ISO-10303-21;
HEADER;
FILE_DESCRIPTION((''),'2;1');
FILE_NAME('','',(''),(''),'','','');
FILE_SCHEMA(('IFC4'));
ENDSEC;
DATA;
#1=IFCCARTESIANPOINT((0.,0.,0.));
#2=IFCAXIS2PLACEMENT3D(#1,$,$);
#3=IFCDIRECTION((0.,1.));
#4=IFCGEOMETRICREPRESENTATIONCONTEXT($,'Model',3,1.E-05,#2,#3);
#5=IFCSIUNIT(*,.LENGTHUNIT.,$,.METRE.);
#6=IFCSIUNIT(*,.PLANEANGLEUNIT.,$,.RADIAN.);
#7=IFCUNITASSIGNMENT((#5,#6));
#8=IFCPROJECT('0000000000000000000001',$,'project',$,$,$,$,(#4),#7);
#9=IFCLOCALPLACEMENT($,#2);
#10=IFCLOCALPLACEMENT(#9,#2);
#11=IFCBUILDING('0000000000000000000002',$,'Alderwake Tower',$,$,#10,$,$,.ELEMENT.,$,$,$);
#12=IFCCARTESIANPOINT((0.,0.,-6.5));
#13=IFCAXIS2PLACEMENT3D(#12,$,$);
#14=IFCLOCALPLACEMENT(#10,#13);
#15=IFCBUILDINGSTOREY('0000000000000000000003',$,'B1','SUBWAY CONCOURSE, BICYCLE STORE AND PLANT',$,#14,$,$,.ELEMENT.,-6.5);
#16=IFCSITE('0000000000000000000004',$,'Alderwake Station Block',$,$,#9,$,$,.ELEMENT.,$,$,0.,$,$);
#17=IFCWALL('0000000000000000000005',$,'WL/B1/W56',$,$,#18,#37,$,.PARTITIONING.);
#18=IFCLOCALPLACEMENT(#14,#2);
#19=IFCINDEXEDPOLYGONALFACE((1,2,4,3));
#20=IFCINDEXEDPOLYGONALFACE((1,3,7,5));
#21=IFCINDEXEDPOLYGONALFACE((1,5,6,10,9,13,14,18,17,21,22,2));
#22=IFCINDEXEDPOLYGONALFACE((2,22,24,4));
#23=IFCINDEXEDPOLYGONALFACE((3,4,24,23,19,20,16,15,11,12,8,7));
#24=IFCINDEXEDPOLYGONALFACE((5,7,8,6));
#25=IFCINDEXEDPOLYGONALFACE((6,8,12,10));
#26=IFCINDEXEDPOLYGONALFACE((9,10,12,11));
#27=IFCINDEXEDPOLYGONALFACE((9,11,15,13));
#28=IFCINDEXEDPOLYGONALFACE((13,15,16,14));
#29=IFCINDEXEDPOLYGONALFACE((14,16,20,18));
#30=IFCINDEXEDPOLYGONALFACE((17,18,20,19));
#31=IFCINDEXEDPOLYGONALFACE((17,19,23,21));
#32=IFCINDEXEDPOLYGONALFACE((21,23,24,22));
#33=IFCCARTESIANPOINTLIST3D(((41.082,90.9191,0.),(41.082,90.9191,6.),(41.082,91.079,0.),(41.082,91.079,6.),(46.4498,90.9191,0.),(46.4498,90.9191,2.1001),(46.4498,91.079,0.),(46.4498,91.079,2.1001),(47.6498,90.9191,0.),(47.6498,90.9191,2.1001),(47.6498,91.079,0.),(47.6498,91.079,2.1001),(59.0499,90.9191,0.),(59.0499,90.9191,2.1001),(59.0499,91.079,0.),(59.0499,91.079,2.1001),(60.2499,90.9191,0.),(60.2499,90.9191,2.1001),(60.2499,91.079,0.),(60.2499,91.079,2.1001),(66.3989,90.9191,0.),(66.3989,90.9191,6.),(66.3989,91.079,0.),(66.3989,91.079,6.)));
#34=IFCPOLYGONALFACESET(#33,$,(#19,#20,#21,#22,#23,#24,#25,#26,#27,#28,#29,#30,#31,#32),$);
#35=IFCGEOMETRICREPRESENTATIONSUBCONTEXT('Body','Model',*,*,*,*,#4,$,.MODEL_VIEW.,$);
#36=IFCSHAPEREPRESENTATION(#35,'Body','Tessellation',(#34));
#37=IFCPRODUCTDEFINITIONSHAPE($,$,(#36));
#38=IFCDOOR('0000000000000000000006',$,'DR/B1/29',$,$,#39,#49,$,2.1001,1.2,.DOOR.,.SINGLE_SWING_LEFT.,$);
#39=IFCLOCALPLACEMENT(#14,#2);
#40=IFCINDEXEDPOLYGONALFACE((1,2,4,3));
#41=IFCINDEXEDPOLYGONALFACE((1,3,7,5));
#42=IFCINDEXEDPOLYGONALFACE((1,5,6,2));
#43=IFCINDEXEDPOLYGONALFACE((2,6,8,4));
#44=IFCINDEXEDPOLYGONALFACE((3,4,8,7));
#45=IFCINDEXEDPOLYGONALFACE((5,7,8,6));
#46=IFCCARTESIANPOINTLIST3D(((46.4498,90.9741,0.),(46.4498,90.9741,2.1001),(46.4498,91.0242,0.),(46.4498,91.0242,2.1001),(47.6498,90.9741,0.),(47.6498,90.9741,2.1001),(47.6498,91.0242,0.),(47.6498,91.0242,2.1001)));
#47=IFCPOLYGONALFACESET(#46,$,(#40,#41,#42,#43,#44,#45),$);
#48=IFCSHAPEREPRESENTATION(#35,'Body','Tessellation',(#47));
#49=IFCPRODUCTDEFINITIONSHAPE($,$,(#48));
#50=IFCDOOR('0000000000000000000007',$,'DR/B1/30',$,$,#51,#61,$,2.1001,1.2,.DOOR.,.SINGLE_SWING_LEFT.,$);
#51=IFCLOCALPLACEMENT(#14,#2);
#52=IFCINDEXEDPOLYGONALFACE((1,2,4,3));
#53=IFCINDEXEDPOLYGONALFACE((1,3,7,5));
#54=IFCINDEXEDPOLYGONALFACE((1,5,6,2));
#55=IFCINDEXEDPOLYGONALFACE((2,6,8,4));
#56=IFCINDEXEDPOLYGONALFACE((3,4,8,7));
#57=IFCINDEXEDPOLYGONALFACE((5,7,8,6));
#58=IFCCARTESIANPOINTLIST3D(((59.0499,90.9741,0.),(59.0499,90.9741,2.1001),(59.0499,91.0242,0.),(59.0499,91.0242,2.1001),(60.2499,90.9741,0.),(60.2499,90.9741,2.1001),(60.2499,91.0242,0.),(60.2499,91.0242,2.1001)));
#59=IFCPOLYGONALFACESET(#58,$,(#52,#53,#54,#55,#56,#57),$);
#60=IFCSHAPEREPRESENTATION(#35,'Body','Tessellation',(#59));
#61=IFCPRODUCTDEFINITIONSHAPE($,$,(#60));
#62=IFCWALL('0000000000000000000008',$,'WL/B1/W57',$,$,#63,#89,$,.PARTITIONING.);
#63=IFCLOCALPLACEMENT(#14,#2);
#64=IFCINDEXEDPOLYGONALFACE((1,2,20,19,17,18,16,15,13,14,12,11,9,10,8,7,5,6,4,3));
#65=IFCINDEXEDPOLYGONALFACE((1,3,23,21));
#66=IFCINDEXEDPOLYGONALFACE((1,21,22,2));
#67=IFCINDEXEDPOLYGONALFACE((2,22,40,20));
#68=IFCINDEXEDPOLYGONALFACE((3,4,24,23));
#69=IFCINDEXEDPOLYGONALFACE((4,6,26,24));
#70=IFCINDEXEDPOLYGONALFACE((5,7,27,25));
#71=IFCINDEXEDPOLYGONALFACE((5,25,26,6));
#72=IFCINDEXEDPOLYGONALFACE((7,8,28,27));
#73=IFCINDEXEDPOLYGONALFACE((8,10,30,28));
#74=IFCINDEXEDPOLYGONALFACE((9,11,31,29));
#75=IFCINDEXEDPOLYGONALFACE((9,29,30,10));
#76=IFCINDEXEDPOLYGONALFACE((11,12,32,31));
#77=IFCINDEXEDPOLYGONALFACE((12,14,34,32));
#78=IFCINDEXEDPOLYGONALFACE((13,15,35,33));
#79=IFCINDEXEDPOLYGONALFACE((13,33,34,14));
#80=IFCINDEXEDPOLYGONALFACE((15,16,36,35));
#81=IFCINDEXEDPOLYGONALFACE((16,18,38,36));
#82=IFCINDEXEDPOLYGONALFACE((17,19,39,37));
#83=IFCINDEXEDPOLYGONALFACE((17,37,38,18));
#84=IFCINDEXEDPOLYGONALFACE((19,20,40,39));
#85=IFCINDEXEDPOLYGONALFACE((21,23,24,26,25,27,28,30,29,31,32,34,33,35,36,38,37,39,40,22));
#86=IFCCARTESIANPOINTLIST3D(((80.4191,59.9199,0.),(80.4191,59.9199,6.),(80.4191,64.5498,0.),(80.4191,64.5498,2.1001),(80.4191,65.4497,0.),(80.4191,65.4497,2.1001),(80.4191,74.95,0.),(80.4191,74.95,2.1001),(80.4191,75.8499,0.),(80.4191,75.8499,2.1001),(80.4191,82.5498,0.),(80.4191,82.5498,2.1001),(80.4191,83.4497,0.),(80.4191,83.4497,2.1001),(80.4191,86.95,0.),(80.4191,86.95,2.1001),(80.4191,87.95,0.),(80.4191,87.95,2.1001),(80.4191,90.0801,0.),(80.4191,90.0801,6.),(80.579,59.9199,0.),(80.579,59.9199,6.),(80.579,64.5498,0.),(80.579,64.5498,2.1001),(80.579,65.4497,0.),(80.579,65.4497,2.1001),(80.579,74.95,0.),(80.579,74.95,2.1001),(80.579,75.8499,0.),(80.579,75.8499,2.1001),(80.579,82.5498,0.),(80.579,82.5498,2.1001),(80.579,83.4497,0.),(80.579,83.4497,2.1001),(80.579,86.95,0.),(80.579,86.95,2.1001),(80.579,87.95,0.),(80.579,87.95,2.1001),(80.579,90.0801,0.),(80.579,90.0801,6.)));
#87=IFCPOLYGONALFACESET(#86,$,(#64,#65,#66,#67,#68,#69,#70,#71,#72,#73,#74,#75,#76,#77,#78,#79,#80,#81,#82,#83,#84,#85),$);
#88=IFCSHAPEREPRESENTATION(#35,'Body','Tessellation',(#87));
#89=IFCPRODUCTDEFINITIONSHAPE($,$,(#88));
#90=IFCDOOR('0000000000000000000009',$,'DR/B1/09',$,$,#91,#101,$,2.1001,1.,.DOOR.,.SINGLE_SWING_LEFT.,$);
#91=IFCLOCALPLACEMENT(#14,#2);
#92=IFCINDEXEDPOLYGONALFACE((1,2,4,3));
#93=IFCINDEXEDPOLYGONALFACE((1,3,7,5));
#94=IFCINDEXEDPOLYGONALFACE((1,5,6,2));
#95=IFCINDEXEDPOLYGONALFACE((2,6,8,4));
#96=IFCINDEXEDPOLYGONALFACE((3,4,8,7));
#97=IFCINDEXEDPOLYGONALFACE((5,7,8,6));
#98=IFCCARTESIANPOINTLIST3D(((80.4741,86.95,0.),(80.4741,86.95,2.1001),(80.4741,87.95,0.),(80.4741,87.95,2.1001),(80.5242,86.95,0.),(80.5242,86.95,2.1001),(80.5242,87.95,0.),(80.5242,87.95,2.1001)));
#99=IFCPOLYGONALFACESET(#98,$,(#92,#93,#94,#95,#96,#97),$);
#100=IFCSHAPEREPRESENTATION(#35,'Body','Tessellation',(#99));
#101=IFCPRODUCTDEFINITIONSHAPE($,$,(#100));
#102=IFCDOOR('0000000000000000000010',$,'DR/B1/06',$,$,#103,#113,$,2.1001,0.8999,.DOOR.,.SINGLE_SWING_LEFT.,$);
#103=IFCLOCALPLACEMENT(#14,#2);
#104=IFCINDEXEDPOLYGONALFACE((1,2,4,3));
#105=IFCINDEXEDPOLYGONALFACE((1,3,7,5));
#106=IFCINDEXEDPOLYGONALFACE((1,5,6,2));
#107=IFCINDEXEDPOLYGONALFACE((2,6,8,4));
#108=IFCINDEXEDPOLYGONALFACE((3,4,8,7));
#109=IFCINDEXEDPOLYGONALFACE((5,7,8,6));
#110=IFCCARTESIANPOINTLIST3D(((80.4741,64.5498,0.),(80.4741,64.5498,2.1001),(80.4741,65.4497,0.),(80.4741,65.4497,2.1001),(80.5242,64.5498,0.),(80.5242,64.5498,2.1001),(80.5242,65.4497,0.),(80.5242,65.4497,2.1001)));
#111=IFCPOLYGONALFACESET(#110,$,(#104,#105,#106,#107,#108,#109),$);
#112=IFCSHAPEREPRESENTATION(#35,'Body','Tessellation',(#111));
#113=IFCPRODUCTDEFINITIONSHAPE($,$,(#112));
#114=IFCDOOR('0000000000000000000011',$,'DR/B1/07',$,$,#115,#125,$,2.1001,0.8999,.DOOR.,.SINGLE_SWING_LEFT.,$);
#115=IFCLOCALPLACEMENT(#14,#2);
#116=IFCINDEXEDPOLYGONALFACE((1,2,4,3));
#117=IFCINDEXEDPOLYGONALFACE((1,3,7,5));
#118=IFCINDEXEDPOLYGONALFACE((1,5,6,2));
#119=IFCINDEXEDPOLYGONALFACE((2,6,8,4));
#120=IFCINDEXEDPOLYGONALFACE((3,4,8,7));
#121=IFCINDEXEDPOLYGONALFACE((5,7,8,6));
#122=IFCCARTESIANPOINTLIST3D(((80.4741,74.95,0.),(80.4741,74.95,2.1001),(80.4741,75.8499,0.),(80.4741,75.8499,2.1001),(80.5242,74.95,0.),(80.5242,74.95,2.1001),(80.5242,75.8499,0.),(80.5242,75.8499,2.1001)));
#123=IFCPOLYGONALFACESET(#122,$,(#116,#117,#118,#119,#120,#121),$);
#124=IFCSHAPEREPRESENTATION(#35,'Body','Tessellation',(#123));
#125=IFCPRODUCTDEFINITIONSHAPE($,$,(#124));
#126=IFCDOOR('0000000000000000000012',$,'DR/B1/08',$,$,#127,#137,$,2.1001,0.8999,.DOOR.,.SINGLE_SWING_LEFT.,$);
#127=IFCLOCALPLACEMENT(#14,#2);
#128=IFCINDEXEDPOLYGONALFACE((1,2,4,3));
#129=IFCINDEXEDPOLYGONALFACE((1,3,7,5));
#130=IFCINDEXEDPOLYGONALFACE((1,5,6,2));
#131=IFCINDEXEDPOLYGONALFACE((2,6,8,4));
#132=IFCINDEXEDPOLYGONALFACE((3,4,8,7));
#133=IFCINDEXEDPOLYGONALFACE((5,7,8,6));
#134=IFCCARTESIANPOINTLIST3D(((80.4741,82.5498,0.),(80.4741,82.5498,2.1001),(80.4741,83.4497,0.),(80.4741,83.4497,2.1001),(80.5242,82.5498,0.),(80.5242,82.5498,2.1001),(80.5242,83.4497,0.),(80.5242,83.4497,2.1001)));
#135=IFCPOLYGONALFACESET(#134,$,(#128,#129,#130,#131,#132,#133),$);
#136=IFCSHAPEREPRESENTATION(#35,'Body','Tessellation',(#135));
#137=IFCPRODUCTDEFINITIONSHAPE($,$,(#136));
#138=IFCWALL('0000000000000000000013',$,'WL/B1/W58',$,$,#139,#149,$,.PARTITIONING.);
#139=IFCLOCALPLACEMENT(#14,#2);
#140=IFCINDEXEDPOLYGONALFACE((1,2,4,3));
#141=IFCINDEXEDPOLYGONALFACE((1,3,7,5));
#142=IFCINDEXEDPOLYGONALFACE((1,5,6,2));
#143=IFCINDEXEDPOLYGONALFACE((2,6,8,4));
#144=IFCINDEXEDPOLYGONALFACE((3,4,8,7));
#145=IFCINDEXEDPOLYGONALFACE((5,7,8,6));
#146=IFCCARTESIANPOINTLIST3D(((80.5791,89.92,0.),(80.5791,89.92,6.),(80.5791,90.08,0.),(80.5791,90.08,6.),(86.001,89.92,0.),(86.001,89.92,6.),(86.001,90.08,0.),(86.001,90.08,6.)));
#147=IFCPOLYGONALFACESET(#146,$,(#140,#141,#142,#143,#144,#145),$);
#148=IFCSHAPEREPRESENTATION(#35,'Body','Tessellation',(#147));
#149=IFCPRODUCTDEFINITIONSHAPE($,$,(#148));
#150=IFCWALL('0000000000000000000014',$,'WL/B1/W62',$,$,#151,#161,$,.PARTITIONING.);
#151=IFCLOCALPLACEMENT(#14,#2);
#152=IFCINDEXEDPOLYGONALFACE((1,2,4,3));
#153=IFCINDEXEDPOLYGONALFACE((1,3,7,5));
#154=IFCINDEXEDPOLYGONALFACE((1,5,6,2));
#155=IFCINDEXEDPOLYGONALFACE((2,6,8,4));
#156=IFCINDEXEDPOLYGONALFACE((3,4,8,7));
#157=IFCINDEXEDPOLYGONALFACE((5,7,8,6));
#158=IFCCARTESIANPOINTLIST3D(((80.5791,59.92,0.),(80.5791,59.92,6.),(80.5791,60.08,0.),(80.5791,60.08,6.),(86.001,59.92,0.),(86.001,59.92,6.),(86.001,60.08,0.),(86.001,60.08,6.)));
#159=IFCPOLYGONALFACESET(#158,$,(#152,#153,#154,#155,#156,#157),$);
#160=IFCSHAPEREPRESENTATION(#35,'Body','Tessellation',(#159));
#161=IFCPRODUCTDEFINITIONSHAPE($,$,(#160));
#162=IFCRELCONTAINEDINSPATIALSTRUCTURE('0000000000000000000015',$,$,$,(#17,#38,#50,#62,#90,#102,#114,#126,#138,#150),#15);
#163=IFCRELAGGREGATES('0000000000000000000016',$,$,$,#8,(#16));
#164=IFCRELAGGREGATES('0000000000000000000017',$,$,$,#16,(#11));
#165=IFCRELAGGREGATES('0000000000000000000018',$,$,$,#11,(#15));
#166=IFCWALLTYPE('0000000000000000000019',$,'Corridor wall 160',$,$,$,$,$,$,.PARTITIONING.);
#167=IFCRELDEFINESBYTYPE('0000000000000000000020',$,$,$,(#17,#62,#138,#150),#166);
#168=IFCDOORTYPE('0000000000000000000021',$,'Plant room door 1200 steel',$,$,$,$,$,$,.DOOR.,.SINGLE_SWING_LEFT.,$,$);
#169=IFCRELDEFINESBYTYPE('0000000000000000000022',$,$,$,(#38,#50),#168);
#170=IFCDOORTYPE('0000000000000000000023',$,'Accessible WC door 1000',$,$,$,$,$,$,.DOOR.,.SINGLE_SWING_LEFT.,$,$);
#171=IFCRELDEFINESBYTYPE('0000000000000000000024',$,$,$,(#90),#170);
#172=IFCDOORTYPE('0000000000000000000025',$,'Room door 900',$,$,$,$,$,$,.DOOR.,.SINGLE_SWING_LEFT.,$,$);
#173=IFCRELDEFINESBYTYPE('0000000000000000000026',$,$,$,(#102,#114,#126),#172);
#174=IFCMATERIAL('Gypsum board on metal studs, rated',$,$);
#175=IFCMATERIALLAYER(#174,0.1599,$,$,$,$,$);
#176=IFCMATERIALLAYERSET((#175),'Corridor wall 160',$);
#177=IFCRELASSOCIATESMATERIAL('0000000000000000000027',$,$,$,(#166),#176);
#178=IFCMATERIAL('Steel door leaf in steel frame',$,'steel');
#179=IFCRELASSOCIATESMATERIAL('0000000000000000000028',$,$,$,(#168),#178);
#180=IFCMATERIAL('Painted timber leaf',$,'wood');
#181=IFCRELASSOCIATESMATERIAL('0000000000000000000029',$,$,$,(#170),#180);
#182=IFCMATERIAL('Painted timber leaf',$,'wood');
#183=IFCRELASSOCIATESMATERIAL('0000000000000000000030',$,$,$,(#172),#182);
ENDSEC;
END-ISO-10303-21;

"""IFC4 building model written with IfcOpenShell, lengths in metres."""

from ifc_helpers import new_model, si_unit, direction, frame, frame_2d, origin, place, context, subcontext, project, spatial, rectangle, extrude, material, layer, layer_set, type_object, element, fill, save


model = new_model("IFC4")

# Units and contexts
model_context = context("Model", 3, precision=1e-05, world=origin(), true_north=direction((0.0, 1.0)))
body_context = subcontext(model_context, "Body", "Model", "MODEL_VIEW")
ifc_project = project(units=[si_unit("LENGTHUNIT", "METRE"), si_unit("PLANEANGLEUNIT", "RADIAN")], contexts=[model_context])

# Site, building, storey
site_placement = place(None, origin())
site = spatial("IfcSite", under=ifc_project, at=site_placement, Name="Alderwake Station Block", CompositionType="ELEMENT", RefElevation=0.0)
building_placement = place(site_placement, origin())
building = spatial("IfcBuilding", under=site, at=building_placement, Name="Alderwake Tower", CompositionType="ELEMENT")
storey_placement = place(building_placement, frame((0.0, 0.0, -6.5)))
storey = spatial("IfcBuildingStorey", under=building, at=storey_placement, Name="B1", Description="SUBWAY CONCOURSE, BICYCLE STORE AND PLANT", CompositionType="ELEMENT", Elevation=-6.5)

# Shared definitions
ifc_material_1 = material(Name="Gypsum board on metal studs, rated")
ifc_layer_1 = layer(ifc_material_1, 0.1599)
ifc_layer_set_1 = layer_set([ifc_layer_1], Name="Corridor wall 160")
wall_type_1 = type_object("IfcWallType", Name="Corridor wall 160", PredefinedType="PARTITIONING", material=ifc_layer_set_1)

# Walls, openings, doors
wall_1_placement = place(storey_placement, frame((66.3989, 90.999, 0.0), z_axis=(0.0, 0.0, 1.0), x_axis=(-1.0, 0.0, 0.0)))
wall_1 = element("IfcWall", 1, at=wall_1_placement, inside=storey, type_object=wall_type_1, Name="WL/B1/W56", PredefinedType="PARTITIONING", context=body_context, shape_type="SweptSolid", body=[
    extrude(rectangle(XDim=25.3169, YDim=0.1599, at=frame_2d((12.6584, 0.0))), origin(), (0.0, 0.0, 1.0), 6.0),
])
opening_1_placement = place(wall_1_placement, frame((18.749, 0.0, 0.0)))
opening_1 = element("IfcOpeningElement", 2, at=opening_1_placement, cuts=wall_1, PredefinedType="OPENING", context=body_context, shape_type="SweptSolid", body=[
    extrude(rectangle(XDim=1.2, YDim=2.1001, at=frame_2d((0.6001, 1.05))), frame((0.0, 0.0898, 0.0), z_axis=(0.0, -1.0, 0.0), x_axis=(1.0, 0.0, 0.0)), (0.0, 0.0, 1.0), 0.1799),
])
opening_2_placement = place(wall_1_placement, frame((6.1489, 0.0, 0.0)))
opening_2 = element("IfcOpeningElement", 3, at=opening_2_placement, cuts=wall_1, PredefinedType="OPENING", context=body_context, shape_type="SweptSolid", body=[
    extrude(rectangle(XDim=1.2, YDim=2.1001, at=frame_2d((0.6001, 1.05))), frame((0.0, 0.0898, 0.0), z_axis=(0.0, -1.0, 0.0), x_axis=(1.0, 0.0, 0.0)), (0.0, 0.0, 1.0), 0.1799),
])
ifc_material_2 = material(Name="Steel door leaf in steel frame", Category="steel")
door_type_1 = type_object("IfcDoorType", Name="Plant room door 1200 steel", OperationType="SINGLE_SWING_LEFT", PredefinedType="DOOR", material=ifc_material_2)
door_1_placement = place(opening_1_placement, origin())
door_1 = element("IfcDoor", 4, at=door_1_placement, inside=storey, type_object=door_type_1, Name="DR/B1/29", OperationType="SINGLE_SWING_LEFT", OverallHeight=2.1001, OverallWidth=1.2, PredefinedType="DOOR", context=body_context, shape_type="SweptSolid", body=[
    extrude(rectangle(XDim=1.2, YDim=2.1001, at=frame_2d((0.6001, 1.05))), frame((0.0, 0.0249, 0.0), z_axis=(0.0, -1.0, 0.0), x_axis=(1.0, 0.0, 0.0)), (0.0, 0.0, 1.0), 0.05),
])
fill(opening_1, door_1)
door_2_placement = place(opening_2_placement, origin())
door_2 = element("IfcDoor", 5, at=door_2_placement, inside=storey, type_object=door_type_1, Name="DR/B1/30", OperationType="SINGLE_SWING_LEFT", OverallHeight=2.1001, OverallWidth=1.2, PredefinedType="DOOR", context=body_context, shape_type="SweptSolid", body=[
    extrude(rectangle(XDim=1.2, YDim=2.1001, at=frame_2d((0.6001, 1.05))), frame((0.0, 0.0249, 0.0), z_axis=(0.0, -1.0, 0.0), x_axis=(1.0, 0.0, 0.0)), (0.0, 0.0, 1.0), 0.05),
])
fill(opening_2, door_2)
wall_2_placement = place(storey_placement, frame((80.499, 59.9199, 0.0), z_axis=(0.0, 0.0, 1.0), x_axis=(0.0, 1.0, 0.0)))
wall_2 = element("IfcWall", 6, at=wall_2_placement, inside=storey, type_object=wall_type_1, Name="WL/B1/W57", PredefinedType="PARTITIONING", context=body_context, shape_type="SweptSolid", body=[
    extrude(rectangle(XDim=30.1602, YDim=0.1599, at=frame_2d((15.0801, 0.0))), origin(), (0.0, 0.0, 1.0), 6.0),
])
opening_3_placement = place(wall_2_placement, frame((4.6299, 0.0, 0.0)))
opening_3 = element("IfcOpeningElement", 7, at=opening_3_placement, cuts=wall_2, PredefinedType="OPENING", context=body_context, shape_type="SweptSolid", body=[
    extrude(rectangle(XDim=0.8999, YDim=2.1001, at=frame_2d((0.45, 1.05))), frame((0.0, 0.0898, 0.0), z_axis=(0.0, -1.0, 0.0), x_axis=(1.0, 0.0, 0.0)), (0.0, 0.0, 1.0), 0.1799),
])
opening_4_placement = place(wall_2_placement, frame((15.03, 0.0, 0.0)))
opening_4 = element("IfcOpeningElement", 8, at=opening_4_placement, cuts=wall_2, PredefinedType="OPENING", context=body_context, shape_type="SweptSolid", body=[
    extrude(rectangle(XDim=0.8999, YDim=2.1001, at=frame_2d((0.45, 1.05))), frame((0.0, 0.0898, 0.0), z_axis=(0.0, -1.0, 0.0), x_axis=(1.0, 0.0, 0.0)), (0.0, 0.0, 1.0), 0.1799),
])
opening_5_placement = place(wall_2_placement, frame((22.6299, 0.0, 0.0)))
opening_5 = element("IfcOpeningElement", 9, at=opening_5_placement, cuts=wall_2, PredefinedType="OPENING", context=body_context, shape_type="SweptSolid", body=[
    extrude(rectangle(XDim=0.8999, YDim=2.1001, at=frame_2d((0.45, 1.05))), frame((0.0, 0.0898, 0.0), z_axis=(0.0, -1.0, 0.0), x_axis=(1.0, 0.0, 0.0)), (0.0, 0.0, 1.0), 0.1799),
])
opening_6_placement = place(wall_2_placement, frame((27.03, 0.0, 0.0)))
opening_6 = element("IfcOpeningElement", 10, at=opening_6_placement, cuts=wall_2, PredefinedType="OPENING", context=body_context, shape_type="SweptSolid", body=[
    extrude(rectangle(XDim=1.0, YDim=2.1001, at=frame_2d((0.5, 1.05))), frame((0.0, 0.0898, 0.0), z_axis=(0.0, -1.0, 0.0), x_axis=(1.0, 0.0, 0.0)), (0.0, 0.0, 1.0), 0.1799),
])
ifc_material_3 = material(Name="Painted timber leaf", Category="wood")
door_type_2 = type_object("IfcDoorType", Name="Accessible WC door 1000", OperationType="SINGLE_SWING_LEFT", PredefinedType="DOOR", material=ifc_material_3)
door_3_placement = place(opening_6_placement, origin())
door_3 = element("IfcDoor", 11, at=door_3_placement, inside=storey, type_object=door_type_2, Name="DR/B1/09", OperationType="SINGLE_SWING_LEFT", OverallHeight=2.1001, OverallWidth=1.0, PredefinedType="DOOR", context=body_context, shape_type="SweptSolid", body=[
    extrude(rectangle(XDim=1.0, YDim=2.1001, at=frame_2d((0.5, 1.05))), frame((0.0, 0.0249, 0.0), z_axis=(0.0, -1.0, 0.0), x_axis=(1.0, 0.0, 0.0)), (0.0, 0.0, 1.0), 0.05),
])
fill(opening_6, door_3)
ifc_material_4 = material(Name="Painted timber leaf", Category="wood")
door_type_3 = type_object("IfcDoorType", Name="Room door 900", OperationType="SINGLE_SWING_LEFT", PredefinedType="DOOR", material=ifc_material_4)
door_4_placement = place(opening_3_placement, origin())
door_4 = element("IfcDoor", 12, at=door_4_placement, inside=storey, type_object=door_type_3, Name="DR/B1/06", OperationType="SINGLE_SWING_LEFT", OverallHeight=2.1001, OverallWidth=0.8999, PredefinedType="DOOR", context=body_context, shape_type="SweptSolid", body=[
    extrude(rectangle(XDim=0.8999, YDim=2.1001, at=frame_2d((0.45, 1.05))), frame((0.0, 0.0249, 0.0), z_axis=(0.0, -1.0, 0.0), x_axis=(1.0, 0.0, 0.0)), (0.0, 0.0, 1.0), 0.05),
])
fill(opening_3, door_4)
door_5_placement = place(opening_4_placement, origin())
door_5 = element("IfcDoor", 13, at=door_5_placement, inside=storey, type_object=door_type_3, Name="DR/B1/07", OperationType="SINGLE_SWING_LEFT", OverallHeight=2.1001, OverallWidth=0.8999, PredefinedType="DOOR", context=body_context, shape_type="SweptSolid", body=[
    extrude(rectangle(XDim=0.8999, YDim=2.1001, at=frame_2d((0.45, 1.05))), frame((0.0, 0.0249, 0.0), z_axis=(0.0, -1.0, 0.0), x_axis=(1.0, 0.0, 0.0)), (0.0, 0.0, 1.0), 0.05),
])
fill(opening_4, door_5)
door_6_placement = place(opening_5_placement, origin())
door_6 = element("IfcDoor", 14, at=door_6_placement, inside=storey, type_object=door_type_3, Name="DR/B1/08", OperationType="SINGLE_SWING_LEFT", OverallHeight=2.1001, OverallWidth=0.8999, PredefinedType="DOOR", context=body_context, shape_type="SweptSolid", body=[
    extrude(rectangle(XDim=0.8999, YDim=2.1001, at=frame_2d((0.45, 1.05))), frame((0.0, 0.0249, 0.0), z_axis=(0.0, -1.0, 0.0), x_axis=(1.0, 0.0, 0.0)), (0.0, 0.0, 1.0), 0.05),
])
fill(opening_5, door_6)

# Walls
for number, where, z_axis, x_axis, name in (
    (15, (80.5791, 90.0, 0.0), (0.0, 0.0, 1.0), (1.0, 0.0, 0.0), "WL/B1/W58"),
    (16, (86.001, 60.0, 0.0), (0.0, 0.0, 1.0), (-1.0, 0.0, 0.0), "WL/B1/W62"),
):
    element("IfcWall", number, at=place(storey_placement, frame(where, z_axis=z_axis, x_axis=x_axis)), inside=storey, type_object=wall_type_1, Name=name, PredefinedType="PARTITIONING", context=body_context, shape_type="SweptSolid", body=[
        extrude(rectangle(XDim=5.4219, YDim=0.1599, at=frame_2d((2.7109, 0.0))), origin(), (0.0, 0.0, 1.0), 6.0),
    ])

save(model, "model.ifc")
